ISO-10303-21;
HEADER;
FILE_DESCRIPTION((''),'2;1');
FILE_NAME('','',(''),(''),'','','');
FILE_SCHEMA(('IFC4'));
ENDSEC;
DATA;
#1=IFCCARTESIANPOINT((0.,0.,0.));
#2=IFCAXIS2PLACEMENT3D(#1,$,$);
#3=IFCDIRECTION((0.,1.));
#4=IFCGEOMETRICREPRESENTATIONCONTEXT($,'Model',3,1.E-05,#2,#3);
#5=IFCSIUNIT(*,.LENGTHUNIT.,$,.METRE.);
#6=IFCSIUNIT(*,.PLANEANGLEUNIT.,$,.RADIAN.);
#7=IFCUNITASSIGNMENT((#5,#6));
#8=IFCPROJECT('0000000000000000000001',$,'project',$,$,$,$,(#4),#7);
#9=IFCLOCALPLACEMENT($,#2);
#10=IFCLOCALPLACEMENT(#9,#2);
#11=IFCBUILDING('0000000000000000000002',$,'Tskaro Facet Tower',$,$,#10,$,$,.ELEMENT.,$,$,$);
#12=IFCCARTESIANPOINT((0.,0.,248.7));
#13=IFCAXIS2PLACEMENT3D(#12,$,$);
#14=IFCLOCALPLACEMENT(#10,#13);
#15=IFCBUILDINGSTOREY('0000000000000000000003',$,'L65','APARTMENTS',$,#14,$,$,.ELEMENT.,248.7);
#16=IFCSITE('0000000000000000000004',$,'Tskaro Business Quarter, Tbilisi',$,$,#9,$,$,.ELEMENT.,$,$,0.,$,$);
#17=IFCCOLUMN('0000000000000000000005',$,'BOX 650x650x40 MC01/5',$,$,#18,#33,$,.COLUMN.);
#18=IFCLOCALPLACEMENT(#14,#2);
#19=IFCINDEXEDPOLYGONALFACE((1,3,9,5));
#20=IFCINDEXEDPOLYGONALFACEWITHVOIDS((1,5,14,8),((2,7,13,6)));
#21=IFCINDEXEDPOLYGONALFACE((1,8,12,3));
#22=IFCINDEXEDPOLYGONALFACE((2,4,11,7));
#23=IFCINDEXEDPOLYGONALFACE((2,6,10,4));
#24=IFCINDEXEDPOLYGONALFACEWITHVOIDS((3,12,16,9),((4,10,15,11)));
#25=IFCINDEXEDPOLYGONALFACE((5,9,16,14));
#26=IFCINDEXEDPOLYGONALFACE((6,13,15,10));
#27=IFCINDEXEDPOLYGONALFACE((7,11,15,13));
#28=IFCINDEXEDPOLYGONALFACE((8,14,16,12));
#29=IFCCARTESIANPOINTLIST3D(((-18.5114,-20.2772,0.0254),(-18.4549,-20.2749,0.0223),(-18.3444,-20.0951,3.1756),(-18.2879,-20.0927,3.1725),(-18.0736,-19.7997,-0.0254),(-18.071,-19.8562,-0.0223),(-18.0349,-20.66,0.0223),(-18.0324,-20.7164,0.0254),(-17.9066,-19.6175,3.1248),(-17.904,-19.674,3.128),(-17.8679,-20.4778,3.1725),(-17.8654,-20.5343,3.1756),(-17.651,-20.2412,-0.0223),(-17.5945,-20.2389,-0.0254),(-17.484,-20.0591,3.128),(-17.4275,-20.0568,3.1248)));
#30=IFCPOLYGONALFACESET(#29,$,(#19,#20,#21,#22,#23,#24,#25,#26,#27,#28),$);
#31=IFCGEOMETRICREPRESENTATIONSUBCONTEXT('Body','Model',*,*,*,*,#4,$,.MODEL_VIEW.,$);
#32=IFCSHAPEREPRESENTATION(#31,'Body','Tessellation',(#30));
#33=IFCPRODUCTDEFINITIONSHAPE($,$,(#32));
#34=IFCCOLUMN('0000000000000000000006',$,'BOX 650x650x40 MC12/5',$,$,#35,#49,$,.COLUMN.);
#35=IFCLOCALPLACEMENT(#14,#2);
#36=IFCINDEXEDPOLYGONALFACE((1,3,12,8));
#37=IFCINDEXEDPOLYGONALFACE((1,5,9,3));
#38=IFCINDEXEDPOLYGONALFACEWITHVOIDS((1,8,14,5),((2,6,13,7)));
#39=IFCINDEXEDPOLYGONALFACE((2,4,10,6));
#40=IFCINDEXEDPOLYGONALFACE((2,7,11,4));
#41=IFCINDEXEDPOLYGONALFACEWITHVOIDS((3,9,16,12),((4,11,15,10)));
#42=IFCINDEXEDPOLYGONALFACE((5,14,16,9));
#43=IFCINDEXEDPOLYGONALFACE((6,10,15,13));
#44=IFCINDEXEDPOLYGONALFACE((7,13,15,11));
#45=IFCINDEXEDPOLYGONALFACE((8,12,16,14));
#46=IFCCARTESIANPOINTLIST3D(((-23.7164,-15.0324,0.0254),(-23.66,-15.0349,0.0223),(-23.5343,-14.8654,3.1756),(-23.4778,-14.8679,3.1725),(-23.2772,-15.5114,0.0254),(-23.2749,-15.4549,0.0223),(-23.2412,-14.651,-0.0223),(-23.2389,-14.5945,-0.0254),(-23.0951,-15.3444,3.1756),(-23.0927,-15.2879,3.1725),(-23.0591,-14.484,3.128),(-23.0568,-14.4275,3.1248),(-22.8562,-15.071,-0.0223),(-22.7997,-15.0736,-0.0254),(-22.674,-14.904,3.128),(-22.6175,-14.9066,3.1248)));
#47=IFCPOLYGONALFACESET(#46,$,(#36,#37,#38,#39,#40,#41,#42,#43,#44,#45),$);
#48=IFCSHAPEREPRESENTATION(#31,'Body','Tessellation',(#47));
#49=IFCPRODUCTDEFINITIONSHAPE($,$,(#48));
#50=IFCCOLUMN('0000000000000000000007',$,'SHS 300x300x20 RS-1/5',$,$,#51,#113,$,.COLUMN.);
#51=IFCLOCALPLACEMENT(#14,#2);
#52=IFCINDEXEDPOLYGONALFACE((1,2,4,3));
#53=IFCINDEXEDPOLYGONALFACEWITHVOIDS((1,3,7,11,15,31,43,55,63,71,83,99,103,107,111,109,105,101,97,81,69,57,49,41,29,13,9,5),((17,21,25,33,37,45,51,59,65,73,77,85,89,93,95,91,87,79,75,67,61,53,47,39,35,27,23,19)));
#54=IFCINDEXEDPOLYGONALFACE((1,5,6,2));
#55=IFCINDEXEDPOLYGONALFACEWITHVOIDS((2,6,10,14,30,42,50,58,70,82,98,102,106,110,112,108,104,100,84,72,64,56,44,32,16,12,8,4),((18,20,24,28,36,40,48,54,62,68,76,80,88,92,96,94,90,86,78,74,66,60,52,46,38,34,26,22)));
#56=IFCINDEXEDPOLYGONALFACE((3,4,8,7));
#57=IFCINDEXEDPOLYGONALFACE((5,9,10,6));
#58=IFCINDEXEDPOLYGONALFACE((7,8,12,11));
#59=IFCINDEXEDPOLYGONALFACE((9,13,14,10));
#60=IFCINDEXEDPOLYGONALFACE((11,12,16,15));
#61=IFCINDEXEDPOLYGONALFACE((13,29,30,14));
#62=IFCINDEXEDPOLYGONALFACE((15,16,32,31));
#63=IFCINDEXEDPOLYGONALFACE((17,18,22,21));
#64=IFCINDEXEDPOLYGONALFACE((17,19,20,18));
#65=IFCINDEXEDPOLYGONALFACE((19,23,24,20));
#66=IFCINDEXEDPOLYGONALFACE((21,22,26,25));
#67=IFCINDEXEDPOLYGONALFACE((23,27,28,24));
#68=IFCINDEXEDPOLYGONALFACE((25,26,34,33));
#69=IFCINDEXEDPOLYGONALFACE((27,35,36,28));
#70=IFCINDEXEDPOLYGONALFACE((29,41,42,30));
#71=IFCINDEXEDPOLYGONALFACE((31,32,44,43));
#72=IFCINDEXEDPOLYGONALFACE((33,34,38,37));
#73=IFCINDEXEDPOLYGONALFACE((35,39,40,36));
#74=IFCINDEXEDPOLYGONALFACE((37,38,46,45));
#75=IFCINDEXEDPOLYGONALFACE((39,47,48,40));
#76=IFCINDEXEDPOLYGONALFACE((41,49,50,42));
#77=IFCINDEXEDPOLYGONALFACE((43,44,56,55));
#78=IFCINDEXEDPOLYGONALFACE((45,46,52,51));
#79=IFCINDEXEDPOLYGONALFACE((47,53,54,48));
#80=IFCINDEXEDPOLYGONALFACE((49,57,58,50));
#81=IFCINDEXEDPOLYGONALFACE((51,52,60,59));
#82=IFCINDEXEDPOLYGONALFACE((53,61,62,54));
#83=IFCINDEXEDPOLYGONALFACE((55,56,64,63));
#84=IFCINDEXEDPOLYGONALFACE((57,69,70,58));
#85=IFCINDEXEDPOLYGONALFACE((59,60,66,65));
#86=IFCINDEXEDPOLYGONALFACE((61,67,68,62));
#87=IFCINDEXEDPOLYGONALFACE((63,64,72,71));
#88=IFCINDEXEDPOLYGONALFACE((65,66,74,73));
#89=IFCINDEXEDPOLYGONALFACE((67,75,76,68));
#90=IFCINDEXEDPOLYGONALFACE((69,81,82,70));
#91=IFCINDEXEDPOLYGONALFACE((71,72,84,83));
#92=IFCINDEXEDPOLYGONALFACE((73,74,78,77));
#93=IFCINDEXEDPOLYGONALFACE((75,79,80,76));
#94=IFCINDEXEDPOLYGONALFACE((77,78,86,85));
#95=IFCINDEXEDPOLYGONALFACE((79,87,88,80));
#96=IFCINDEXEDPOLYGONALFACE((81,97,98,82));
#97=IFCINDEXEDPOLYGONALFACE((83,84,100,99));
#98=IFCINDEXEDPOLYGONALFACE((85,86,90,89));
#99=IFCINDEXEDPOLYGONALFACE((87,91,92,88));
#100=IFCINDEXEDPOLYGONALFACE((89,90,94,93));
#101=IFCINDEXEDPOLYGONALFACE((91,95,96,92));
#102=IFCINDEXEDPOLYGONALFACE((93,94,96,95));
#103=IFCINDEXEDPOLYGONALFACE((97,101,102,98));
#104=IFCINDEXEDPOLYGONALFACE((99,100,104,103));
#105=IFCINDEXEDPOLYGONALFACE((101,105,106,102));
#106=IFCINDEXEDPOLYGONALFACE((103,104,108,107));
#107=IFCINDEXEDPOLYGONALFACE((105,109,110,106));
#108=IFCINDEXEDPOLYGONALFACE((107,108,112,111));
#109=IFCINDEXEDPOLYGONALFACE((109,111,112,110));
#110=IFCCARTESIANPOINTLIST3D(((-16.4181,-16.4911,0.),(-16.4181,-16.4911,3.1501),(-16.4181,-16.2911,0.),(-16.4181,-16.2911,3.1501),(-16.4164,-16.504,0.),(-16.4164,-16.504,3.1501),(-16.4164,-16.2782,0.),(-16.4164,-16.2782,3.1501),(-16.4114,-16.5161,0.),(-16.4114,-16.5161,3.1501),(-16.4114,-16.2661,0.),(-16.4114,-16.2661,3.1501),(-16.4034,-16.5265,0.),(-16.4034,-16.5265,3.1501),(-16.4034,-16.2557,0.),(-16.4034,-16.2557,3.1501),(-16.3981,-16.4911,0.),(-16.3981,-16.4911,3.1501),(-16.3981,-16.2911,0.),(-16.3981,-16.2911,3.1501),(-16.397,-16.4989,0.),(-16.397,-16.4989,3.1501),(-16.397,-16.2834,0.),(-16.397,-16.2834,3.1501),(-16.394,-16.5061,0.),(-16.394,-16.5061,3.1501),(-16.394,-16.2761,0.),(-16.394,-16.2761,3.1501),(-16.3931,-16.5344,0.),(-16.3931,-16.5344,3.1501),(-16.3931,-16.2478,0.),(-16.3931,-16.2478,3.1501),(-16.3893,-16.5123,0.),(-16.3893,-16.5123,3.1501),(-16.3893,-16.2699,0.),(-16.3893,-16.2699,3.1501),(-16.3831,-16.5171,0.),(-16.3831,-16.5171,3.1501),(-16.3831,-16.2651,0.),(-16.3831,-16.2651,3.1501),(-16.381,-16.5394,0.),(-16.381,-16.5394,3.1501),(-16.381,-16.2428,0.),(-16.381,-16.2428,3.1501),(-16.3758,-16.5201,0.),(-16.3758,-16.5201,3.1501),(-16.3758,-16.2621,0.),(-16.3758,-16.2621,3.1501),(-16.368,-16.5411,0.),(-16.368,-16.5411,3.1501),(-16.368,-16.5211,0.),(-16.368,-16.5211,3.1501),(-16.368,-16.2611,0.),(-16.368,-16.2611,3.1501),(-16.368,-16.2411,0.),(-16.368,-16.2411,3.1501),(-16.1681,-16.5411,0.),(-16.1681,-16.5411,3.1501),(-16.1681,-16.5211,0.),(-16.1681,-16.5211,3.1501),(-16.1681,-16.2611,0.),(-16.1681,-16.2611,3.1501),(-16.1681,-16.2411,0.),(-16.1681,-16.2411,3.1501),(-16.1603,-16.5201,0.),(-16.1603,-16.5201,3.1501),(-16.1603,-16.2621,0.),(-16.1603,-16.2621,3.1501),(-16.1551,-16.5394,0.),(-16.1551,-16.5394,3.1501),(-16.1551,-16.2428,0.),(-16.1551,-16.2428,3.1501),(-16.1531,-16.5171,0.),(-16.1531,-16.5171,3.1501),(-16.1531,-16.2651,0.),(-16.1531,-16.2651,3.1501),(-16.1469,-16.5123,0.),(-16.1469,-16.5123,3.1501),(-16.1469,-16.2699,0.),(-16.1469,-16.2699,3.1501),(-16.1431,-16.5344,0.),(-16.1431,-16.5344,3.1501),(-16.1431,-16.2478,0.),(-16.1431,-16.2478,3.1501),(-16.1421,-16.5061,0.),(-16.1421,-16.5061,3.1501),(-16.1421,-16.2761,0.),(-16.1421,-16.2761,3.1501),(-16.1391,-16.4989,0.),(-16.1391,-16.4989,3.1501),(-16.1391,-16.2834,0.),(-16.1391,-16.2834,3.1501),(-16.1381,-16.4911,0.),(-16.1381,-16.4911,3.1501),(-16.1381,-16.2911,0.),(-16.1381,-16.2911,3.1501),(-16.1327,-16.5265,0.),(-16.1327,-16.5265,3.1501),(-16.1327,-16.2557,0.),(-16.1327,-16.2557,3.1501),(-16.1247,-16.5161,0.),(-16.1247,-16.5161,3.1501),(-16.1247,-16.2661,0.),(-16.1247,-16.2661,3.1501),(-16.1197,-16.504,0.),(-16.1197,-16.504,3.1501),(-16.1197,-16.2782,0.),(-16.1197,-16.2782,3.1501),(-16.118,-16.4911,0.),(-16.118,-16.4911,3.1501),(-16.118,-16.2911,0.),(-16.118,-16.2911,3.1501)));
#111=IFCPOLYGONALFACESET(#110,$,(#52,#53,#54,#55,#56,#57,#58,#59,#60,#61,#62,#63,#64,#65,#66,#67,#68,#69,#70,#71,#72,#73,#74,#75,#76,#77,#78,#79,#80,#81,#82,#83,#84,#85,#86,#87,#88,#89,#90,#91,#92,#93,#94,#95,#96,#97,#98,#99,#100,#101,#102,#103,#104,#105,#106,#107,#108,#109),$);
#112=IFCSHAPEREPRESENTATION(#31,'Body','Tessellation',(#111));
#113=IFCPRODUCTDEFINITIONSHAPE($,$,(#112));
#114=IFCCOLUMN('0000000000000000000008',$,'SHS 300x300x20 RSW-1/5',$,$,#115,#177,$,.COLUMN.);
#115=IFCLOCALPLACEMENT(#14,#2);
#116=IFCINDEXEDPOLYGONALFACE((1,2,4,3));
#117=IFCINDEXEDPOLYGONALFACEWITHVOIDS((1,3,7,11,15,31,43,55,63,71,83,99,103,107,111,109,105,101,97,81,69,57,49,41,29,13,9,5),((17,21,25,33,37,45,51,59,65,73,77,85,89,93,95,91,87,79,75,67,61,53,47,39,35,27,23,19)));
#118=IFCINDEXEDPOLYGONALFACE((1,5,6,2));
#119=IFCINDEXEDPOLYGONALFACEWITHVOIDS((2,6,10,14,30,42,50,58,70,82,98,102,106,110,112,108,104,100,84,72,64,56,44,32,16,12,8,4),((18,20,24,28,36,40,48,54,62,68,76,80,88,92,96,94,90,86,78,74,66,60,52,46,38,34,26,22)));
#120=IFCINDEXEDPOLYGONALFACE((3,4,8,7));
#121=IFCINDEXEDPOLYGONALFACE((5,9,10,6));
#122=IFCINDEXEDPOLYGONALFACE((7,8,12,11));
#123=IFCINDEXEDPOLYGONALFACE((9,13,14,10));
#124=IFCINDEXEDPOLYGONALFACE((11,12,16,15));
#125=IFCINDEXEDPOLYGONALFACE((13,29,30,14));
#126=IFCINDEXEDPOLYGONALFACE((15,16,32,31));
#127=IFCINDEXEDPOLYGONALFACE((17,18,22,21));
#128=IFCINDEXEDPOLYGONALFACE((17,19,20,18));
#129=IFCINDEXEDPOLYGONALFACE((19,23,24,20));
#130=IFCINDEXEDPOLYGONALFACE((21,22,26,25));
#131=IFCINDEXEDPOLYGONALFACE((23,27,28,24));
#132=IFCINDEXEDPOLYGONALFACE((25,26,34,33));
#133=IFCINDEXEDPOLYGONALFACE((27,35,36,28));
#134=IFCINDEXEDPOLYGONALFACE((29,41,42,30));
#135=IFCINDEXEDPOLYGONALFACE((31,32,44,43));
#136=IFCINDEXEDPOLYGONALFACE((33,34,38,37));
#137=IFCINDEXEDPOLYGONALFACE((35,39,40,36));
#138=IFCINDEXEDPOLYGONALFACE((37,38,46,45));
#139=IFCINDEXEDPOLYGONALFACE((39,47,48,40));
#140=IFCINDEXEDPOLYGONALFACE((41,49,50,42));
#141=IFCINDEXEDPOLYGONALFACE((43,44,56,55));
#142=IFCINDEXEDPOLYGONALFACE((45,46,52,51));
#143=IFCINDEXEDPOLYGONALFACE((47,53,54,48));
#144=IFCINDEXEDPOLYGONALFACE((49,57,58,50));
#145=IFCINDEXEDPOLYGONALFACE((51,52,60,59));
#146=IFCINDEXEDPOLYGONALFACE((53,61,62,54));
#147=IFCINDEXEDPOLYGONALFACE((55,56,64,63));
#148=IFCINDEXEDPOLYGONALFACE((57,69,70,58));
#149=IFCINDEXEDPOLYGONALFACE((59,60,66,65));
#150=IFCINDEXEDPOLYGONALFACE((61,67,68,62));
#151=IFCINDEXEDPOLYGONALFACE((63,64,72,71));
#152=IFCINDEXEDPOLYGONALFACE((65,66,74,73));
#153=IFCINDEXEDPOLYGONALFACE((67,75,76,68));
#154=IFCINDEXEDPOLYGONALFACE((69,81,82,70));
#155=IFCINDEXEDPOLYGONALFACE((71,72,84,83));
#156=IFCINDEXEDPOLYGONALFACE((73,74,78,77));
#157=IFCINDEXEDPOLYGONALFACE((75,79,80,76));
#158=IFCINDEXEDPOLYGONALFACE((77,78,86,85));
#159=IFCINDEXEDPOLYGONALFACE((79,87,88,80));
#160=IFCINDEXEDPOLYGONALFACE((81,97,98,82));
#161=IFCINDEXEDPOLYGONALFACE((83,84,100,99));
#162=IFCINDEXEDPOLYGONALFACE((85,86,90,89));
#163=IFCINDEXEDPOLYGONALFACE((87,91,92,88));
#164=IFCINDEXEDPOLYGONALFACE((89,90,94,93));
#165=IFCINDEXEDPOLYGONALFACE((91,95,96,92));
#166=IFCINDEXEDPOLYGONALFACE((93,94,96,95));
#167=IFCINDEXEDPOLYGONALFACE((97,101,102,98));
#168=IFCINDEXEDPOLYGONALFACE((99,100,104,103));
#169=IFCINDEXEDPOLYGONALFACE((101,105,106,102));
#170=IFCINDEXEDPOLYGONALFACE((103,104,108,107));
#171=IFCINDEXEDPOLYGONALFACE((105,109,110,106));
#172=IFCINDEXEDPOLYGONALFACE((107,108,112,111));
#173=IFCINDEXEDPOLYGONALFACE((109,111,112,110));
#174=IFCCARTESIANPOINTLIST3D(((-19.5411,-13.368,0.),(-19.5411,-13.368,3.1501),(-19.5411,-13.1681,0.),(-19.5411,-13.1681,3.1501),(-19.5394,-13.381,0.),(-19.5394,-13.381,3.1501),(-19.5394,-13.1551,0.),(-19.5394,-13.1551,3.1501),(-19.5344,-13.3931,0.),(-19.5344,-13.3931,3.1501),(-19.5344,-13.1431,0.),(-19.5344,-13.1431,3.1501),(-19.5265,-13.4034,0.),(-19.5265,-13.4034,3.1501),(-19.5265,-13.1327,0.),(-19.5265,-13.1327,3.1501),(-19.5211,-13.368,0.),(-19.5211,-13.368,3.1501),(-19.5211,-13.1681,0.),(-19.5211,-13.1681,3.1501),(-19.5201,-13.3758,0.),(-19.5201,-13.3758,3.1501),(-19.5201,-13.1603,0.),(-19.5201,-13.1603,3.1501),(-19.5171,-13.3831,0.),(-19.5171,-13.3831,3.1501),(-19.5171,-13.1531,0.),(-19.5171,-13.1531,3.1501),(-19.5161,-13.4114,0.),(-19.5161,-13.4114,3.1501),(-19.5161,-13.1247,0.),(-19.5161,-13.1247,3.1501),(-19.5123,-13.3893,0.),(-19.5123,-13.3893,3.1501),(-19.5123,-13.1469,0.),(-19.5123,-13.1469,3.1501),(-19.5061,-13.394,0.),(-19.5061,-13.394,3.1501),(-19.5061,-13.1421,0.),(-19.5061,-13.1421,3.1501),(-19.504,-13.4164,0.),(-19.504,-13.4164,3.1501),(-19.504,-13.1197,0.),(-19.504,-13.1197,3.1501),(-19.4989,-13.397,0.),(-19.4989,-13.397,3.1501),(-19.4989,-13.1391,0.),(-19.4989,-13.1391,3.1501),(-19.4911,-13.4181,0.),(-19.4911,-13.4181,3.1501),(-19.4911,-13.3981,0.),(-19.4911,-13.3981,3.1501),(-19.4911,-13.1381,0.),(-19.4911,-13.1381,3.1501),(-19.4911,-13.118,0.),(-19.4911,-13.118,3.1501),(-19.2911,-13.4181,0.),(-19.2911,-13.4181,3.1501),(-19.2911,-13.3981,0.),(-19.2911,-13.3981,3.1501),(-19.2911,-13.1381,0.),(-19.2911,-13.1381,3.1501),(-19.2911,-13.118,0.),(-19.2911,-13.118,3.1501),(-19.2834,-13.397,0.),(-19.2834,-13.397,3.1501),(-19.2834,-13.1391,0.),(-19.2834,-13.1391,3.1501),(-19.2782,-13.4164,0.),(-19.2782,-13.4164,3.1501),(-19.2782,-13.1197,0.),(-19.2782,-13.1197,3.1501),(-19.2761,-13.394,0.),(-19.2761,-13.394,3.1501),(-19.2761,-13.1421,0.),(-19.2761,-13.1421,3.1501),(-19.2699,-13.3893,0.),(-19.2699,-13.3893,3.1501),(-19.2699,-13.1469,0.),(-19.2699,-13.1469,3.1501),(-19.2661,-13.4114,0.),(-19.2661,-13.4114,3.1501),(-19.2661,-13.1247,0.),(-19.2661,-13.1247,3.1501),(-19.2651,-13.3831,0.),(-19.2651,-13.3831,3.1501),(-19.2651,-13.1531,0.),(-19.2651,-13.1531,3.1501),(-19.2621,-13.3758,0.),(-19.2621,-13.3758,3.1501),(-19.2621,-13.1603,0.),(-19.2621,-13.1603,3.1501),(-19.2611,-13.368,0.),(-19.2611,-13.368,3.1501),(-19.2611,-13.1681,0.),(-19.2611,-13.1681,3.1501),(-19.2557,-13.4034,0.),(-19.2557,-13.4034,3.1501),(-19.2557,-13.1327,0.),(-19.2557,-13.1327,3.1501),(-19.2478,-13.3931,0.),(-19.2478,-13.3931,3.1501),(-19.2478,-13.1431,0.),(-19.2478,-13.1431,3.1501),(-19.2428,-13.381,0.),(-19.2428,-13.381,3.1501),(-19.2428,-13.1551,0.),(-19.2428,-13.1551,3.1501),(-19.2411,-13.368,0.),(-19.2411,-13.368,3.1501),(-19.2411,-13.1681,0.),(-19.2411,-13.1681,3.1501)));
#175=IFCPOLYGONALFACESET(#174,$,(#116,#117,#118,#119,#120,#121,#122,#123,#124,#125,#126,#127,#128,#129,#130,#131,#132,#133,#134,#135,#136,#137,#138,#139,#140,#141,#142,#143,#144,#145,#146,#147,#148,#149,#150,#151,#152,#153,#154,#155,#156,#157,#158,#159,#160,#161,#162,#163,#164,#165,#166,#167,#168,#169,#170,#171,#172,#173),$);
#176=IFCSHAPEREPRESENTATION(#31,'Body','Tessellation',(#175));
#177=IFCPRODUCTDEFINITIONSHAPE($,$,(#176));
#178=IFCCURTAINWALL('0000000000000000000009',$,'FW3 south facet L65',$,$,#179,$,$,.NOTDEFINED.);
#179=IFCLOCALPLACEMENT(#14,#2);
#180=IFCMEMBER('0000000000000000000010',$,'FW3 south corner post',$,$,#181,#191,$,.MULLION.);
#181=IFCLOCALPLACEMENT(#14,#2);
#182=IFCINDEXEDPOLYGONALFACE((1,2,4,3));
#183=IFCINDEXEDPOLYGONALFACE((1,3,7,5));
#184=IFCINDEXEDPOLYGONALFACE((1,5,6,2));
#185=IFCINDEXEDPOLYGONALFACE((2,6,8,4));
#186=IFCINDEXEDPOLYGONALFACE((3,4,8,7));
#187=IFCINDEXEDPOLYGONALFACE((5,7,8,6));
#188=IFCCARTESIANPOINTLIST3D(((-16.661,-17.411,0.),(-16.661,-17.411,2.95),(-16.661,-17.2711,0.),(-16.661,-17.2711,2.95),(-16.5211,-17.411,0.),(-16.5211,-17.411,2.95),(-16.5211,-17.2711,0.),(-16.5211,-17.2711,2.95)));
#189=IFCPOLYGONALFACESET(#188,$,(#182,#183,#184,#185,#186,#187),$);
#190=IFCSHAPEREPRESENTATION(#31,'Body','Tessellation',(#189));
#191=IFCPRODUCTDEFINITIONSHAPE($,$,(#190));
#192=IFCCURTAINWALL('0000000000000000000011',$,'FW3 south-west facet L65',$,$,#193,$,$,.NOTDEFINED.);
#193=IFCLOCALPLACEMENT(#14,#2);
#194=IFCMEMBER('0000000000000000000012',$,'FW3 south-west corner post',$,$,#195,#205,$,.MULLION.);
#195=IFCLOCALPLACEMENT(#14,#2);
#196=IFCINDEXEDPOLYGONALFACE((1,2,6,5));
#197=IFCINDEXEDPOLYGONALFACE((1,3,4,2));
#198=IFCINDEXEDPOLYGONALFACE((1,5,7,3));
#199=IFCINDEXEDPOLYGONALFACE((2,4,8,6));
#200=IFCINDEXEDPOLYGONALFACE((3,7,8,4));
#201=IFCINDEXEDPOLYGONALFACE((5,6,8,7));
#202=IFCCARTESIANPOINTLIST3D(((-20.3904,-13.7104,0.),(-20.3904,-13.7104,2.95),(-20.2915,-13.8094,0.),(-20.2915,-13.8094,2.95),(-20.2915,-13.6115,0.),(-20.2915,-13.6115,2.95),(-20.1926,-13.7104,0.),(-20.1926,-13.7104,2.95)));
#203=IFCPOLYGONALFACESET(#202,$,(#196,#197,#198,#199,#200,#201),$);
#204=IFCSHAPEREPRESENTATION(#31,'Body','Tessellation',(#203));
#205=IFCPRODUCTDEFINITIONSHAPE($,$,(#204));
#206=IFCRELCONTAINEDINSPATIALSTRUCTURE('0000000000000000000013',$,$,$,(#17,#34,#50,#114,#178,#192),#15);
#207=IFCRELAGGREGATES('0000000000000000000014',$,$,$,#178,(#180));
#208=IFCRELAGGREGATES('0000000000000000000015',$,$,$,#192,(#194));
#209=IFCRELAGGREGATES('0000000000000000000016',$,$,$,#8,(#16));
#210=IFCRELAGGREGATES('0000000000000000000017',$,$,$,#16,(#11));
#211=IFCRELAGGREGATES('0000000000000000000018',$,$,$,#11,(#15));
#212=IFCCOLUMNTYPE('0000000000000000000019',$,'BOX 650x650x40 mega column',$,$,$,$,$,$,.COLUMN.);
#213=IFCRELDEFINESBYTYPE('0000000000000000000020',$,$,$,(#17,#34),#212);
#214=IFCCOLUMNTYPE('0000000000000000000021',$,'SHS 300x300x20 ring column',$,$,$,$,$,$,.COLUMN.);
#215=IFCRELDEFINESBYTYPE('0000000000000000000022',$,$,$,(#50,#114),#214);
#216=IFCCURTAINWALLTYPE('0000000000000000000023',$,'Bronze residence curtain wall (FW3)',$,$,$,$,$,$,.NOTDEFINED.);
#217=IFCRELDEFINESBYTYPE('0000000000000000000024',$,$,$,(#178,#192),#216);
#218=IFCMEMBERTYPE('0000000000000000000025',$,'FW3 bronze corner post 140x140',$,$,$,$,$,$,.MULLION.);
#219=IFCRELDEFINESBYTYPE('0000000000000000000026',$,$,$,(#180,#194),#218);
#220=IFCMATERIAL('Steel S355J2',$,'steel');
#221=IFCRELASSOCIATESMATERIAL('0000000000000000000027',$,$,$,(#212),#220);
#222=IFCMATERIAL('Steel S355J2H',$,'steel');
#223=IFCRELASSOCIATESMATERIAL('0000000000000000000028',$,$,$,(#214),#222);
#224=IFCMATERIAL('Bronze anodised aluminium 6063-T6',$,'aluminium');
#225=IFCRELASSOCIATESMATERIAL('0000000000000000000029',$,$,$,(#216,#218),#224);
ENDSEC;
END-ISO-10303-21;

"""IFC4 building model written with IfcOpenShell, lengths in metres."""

from ifc_helpers import new_model, si_unit, direction, frame, origin, origin_2d, place, context, subcontext, project, spatial, rectangle, hollow_rectangle, extrude, material, material_profile, profile_set, type_object, element, aggregate, save


model = new_model("IFC4")

# Units and contexts
model_context = context("Model", 3, precision=1e-05, world=origin(), true_north=direction((0.0, 1.0)))
body_context = subcontext(model_context, "Body", "Model", "MODEL_VIEW")
ifc_project = project(units=[si_unit("LENGTHUNIT", "METRE"), si_unit("PLANEANGLEUNIT", "RADIAN")], contexts=[model_context])

# Site, building, storey
site_placement = place(None, origin())
site = spatial("IfcSite", under=ifc_project, at=site_placement, Name="Tskaro Business Quarter, Tbilisi", CompositionType="ELEMENT", RefElevation=0.0)
building_placement = place(site_placement, origin())
building = spatial("IfcBuilding", under=site, at=building_placement, Name="Tskaro Facet Tower", CompositionType="ELEMENT")
storey_placement = place(building_placement, frame((0.0, 0.0, 248.7)))
storey = spatial("IfcBuildingStorey", under=building, at=storey_placement, Name="L65", Description="APARTMENTS", CompositionType="ELEMENT", Elevation=248.7)

# Columns
ifc_material_1 = material(Name="Steel S355J2", Category="steel")
ifc_material_profile_1 = material_profile(ifc_material_1, hollow_rectangle(XDim=0.6499, YDim=0.6499, WallThickness=0.04, at=origin_2d()), Name="BOX 650x650x40")
ifc_profile_set_1 = profile_set([ifc_material_profile_1], Name="Steel S355J2")
column_type_1 = type_object("IfcColumnType", Name="BOX 650x650x40 mega column", PredefinedType="COLUMN", material=ifc_profile_set_1)
for number, where, z_axis, x_axis, name in (
    (1, (-18.053, -20.2581, 0.0), (0.052849, 0.057639, 0.996938), (-0.737072, 0.675814, 0.0), "BOX 650x650x40 MC01/5"),
    (2, (-23.2581, -15.053, 0.0), (0.057639, 0.052849, 0.996938), (-0.675814, 0.737072, 0.0), "BOX 650x650x40 MC12/5"),
):
    element("IfcColumn", number, at=place(storey_placement, frame(where, z_axis=z_axis, x_axis=x_axis)), inside=storey, type_object=column_type_1, Name=name, PredefinedType="COLUMN", context=body_context, shape_type="SweptSolid", body=[
        extrude(hollow_rectangle(XDim=0.6499, YDim=0.6499, WallThickness=0.04, at=origin_2d()), origin(), (0.0, 0.0, 1.0), 3.1599),
    ])
ifc_material_2 = material(Name="Steel S355J2H", Category="steel")
ifc_material_profile_2 = material_profile(ifc_material_2, hollow_rectangle(XDim=0.3, YDim=0.3, WallThickness=0.02, InnerFilletRadius=0.03, OuterFilletRadius=0.05, at=origin_2d()), Name="SHS 300x300x20")
ifc_profile_set_2 = profile_set([ifc_material_profile_2], Name="Steel S355J2H")
column_type_2 = type_object("IfcColumnType", Name="SHS 300x300x20 ring column", PredefinedType="COLUMN", material=ifc_profile_set_2)
for number, where, z_axis, x_axis, name in (
    (3, (-16.2681, -16.3911, 0.0), (0.0, 0.0, 1.0), (1.0, 0.0, 0.0), "SHS 300x300x20 RS-1/5"),
    (4, (-19.3911, -13.2681, 0.0), (0.0, 0.0, 1.0), (1.0, 0.0, 0.0), "SHS 300x300x20 RSW-1/5"),
):
    element("IfcColumn", number, at=place(storey_placement, frame(where, z_axis=z_axis, x_axis=x_axis)), inside=storey, type_object=column_type_2, Name=name, PredefinedType="COLUMN", context=body_context, shape_type="SweptSolid", body=[
        extrude(hollow_rectangle(XDim=0.3, YDim=0.3, WallThickness=0.02, InnerFilletRadius=0.03, OuterFilletRadius=0.05, at=origin_2d()), origin(), (0.0, 0.0, 1.0), 3.1501),
    ])

# Curtain walls, members
ifc_material_3 = material(Name="Bronze anodised aluminium 6063-T6", Category="aluminium")
curtain_wall_type = type_object("IfcCurtainWallType", Name="Bronze residence curtain wall (FW3)", PredefinedType="NOTDEFINED", material=ifc_material_3)
curtain_wall_1_placement = place(storey_placement, origin())
curtain_wall_1 = element("IfcCurtainWall", 5, at=curtain_wall_1_placement, inside=storey, type_object=curtain_wall_type, Name="FW3 south facet L65", PredefinedType="NOTDEFINED")
ifc_material_profile_3 = material_profile(ifc_material_3, rectangle(XDim=0.1399, YDim=0.1399, at=origin_2d()), Name="Corner post 140x140")
ifc_profile_set_3 = profile_set([ifc_material_profile_3], Name="Bronze anodised aluminium 6063-T6")
member_type_1 = type_object("IfcMemberType", Name="FW3 bronze corner post 140x140", PredefinedType="MULLION", material=ifc_profile_set_3)
member_1_placement = place(storey_placement, frame((-16.5911, -17.3411, 0.0), z_axis=(0.0, 0.0, 1.0), x_axis=(1.0, 0.0, 0.0)))
member_1 = element("IfcMember", 6, at=member_1_placement, type_object=member_type_1, Name="FW3 south corner post", PredefinedType="MULLION", context=body_context, shape_type="SweptSolid", body=[
    extrude(rectangle(XDim=0.1399, YDim=0.1399, at=origin_2d()), origin(), (0.0, 0.0, 1.0), 2.95),
])
curtain_wall_2_placement = place(storey_placement, origin())
curtain_wall_2 = element("IfcCurtainWall", 7, at=curtain_wall_2_placement, inside=storey, type_object=curtain_wall_type, Name="FW3 south-west facet L65", PredefinedType="NOTDEFINED")
member_2_placement = place(storey_placement, frame((-20.2915, -13.7104, 0.0), z_axis=(0.0, 0.0, 1.0), x_axis=(0.707107, -0.707107, 0.0)))
member_2 = element("IfcMember", 8, at=member_2_placement, type_object=member_type_1, Name="FW3 south-west corner post", PredefinedType="MULLION", context=body_context, shape_type="SweptSolid", body=[
    extrude(rectangle(XDim=0.1399, YDim=0.1399, at=origin_2d()), origin(), (0.0, 0.0, 1.0), 2.95),
])

aggregate(curtain_wall_1, [member_1])
aggregate(curtain_wall_2, [member_2])

save(model, "model.ifc")
